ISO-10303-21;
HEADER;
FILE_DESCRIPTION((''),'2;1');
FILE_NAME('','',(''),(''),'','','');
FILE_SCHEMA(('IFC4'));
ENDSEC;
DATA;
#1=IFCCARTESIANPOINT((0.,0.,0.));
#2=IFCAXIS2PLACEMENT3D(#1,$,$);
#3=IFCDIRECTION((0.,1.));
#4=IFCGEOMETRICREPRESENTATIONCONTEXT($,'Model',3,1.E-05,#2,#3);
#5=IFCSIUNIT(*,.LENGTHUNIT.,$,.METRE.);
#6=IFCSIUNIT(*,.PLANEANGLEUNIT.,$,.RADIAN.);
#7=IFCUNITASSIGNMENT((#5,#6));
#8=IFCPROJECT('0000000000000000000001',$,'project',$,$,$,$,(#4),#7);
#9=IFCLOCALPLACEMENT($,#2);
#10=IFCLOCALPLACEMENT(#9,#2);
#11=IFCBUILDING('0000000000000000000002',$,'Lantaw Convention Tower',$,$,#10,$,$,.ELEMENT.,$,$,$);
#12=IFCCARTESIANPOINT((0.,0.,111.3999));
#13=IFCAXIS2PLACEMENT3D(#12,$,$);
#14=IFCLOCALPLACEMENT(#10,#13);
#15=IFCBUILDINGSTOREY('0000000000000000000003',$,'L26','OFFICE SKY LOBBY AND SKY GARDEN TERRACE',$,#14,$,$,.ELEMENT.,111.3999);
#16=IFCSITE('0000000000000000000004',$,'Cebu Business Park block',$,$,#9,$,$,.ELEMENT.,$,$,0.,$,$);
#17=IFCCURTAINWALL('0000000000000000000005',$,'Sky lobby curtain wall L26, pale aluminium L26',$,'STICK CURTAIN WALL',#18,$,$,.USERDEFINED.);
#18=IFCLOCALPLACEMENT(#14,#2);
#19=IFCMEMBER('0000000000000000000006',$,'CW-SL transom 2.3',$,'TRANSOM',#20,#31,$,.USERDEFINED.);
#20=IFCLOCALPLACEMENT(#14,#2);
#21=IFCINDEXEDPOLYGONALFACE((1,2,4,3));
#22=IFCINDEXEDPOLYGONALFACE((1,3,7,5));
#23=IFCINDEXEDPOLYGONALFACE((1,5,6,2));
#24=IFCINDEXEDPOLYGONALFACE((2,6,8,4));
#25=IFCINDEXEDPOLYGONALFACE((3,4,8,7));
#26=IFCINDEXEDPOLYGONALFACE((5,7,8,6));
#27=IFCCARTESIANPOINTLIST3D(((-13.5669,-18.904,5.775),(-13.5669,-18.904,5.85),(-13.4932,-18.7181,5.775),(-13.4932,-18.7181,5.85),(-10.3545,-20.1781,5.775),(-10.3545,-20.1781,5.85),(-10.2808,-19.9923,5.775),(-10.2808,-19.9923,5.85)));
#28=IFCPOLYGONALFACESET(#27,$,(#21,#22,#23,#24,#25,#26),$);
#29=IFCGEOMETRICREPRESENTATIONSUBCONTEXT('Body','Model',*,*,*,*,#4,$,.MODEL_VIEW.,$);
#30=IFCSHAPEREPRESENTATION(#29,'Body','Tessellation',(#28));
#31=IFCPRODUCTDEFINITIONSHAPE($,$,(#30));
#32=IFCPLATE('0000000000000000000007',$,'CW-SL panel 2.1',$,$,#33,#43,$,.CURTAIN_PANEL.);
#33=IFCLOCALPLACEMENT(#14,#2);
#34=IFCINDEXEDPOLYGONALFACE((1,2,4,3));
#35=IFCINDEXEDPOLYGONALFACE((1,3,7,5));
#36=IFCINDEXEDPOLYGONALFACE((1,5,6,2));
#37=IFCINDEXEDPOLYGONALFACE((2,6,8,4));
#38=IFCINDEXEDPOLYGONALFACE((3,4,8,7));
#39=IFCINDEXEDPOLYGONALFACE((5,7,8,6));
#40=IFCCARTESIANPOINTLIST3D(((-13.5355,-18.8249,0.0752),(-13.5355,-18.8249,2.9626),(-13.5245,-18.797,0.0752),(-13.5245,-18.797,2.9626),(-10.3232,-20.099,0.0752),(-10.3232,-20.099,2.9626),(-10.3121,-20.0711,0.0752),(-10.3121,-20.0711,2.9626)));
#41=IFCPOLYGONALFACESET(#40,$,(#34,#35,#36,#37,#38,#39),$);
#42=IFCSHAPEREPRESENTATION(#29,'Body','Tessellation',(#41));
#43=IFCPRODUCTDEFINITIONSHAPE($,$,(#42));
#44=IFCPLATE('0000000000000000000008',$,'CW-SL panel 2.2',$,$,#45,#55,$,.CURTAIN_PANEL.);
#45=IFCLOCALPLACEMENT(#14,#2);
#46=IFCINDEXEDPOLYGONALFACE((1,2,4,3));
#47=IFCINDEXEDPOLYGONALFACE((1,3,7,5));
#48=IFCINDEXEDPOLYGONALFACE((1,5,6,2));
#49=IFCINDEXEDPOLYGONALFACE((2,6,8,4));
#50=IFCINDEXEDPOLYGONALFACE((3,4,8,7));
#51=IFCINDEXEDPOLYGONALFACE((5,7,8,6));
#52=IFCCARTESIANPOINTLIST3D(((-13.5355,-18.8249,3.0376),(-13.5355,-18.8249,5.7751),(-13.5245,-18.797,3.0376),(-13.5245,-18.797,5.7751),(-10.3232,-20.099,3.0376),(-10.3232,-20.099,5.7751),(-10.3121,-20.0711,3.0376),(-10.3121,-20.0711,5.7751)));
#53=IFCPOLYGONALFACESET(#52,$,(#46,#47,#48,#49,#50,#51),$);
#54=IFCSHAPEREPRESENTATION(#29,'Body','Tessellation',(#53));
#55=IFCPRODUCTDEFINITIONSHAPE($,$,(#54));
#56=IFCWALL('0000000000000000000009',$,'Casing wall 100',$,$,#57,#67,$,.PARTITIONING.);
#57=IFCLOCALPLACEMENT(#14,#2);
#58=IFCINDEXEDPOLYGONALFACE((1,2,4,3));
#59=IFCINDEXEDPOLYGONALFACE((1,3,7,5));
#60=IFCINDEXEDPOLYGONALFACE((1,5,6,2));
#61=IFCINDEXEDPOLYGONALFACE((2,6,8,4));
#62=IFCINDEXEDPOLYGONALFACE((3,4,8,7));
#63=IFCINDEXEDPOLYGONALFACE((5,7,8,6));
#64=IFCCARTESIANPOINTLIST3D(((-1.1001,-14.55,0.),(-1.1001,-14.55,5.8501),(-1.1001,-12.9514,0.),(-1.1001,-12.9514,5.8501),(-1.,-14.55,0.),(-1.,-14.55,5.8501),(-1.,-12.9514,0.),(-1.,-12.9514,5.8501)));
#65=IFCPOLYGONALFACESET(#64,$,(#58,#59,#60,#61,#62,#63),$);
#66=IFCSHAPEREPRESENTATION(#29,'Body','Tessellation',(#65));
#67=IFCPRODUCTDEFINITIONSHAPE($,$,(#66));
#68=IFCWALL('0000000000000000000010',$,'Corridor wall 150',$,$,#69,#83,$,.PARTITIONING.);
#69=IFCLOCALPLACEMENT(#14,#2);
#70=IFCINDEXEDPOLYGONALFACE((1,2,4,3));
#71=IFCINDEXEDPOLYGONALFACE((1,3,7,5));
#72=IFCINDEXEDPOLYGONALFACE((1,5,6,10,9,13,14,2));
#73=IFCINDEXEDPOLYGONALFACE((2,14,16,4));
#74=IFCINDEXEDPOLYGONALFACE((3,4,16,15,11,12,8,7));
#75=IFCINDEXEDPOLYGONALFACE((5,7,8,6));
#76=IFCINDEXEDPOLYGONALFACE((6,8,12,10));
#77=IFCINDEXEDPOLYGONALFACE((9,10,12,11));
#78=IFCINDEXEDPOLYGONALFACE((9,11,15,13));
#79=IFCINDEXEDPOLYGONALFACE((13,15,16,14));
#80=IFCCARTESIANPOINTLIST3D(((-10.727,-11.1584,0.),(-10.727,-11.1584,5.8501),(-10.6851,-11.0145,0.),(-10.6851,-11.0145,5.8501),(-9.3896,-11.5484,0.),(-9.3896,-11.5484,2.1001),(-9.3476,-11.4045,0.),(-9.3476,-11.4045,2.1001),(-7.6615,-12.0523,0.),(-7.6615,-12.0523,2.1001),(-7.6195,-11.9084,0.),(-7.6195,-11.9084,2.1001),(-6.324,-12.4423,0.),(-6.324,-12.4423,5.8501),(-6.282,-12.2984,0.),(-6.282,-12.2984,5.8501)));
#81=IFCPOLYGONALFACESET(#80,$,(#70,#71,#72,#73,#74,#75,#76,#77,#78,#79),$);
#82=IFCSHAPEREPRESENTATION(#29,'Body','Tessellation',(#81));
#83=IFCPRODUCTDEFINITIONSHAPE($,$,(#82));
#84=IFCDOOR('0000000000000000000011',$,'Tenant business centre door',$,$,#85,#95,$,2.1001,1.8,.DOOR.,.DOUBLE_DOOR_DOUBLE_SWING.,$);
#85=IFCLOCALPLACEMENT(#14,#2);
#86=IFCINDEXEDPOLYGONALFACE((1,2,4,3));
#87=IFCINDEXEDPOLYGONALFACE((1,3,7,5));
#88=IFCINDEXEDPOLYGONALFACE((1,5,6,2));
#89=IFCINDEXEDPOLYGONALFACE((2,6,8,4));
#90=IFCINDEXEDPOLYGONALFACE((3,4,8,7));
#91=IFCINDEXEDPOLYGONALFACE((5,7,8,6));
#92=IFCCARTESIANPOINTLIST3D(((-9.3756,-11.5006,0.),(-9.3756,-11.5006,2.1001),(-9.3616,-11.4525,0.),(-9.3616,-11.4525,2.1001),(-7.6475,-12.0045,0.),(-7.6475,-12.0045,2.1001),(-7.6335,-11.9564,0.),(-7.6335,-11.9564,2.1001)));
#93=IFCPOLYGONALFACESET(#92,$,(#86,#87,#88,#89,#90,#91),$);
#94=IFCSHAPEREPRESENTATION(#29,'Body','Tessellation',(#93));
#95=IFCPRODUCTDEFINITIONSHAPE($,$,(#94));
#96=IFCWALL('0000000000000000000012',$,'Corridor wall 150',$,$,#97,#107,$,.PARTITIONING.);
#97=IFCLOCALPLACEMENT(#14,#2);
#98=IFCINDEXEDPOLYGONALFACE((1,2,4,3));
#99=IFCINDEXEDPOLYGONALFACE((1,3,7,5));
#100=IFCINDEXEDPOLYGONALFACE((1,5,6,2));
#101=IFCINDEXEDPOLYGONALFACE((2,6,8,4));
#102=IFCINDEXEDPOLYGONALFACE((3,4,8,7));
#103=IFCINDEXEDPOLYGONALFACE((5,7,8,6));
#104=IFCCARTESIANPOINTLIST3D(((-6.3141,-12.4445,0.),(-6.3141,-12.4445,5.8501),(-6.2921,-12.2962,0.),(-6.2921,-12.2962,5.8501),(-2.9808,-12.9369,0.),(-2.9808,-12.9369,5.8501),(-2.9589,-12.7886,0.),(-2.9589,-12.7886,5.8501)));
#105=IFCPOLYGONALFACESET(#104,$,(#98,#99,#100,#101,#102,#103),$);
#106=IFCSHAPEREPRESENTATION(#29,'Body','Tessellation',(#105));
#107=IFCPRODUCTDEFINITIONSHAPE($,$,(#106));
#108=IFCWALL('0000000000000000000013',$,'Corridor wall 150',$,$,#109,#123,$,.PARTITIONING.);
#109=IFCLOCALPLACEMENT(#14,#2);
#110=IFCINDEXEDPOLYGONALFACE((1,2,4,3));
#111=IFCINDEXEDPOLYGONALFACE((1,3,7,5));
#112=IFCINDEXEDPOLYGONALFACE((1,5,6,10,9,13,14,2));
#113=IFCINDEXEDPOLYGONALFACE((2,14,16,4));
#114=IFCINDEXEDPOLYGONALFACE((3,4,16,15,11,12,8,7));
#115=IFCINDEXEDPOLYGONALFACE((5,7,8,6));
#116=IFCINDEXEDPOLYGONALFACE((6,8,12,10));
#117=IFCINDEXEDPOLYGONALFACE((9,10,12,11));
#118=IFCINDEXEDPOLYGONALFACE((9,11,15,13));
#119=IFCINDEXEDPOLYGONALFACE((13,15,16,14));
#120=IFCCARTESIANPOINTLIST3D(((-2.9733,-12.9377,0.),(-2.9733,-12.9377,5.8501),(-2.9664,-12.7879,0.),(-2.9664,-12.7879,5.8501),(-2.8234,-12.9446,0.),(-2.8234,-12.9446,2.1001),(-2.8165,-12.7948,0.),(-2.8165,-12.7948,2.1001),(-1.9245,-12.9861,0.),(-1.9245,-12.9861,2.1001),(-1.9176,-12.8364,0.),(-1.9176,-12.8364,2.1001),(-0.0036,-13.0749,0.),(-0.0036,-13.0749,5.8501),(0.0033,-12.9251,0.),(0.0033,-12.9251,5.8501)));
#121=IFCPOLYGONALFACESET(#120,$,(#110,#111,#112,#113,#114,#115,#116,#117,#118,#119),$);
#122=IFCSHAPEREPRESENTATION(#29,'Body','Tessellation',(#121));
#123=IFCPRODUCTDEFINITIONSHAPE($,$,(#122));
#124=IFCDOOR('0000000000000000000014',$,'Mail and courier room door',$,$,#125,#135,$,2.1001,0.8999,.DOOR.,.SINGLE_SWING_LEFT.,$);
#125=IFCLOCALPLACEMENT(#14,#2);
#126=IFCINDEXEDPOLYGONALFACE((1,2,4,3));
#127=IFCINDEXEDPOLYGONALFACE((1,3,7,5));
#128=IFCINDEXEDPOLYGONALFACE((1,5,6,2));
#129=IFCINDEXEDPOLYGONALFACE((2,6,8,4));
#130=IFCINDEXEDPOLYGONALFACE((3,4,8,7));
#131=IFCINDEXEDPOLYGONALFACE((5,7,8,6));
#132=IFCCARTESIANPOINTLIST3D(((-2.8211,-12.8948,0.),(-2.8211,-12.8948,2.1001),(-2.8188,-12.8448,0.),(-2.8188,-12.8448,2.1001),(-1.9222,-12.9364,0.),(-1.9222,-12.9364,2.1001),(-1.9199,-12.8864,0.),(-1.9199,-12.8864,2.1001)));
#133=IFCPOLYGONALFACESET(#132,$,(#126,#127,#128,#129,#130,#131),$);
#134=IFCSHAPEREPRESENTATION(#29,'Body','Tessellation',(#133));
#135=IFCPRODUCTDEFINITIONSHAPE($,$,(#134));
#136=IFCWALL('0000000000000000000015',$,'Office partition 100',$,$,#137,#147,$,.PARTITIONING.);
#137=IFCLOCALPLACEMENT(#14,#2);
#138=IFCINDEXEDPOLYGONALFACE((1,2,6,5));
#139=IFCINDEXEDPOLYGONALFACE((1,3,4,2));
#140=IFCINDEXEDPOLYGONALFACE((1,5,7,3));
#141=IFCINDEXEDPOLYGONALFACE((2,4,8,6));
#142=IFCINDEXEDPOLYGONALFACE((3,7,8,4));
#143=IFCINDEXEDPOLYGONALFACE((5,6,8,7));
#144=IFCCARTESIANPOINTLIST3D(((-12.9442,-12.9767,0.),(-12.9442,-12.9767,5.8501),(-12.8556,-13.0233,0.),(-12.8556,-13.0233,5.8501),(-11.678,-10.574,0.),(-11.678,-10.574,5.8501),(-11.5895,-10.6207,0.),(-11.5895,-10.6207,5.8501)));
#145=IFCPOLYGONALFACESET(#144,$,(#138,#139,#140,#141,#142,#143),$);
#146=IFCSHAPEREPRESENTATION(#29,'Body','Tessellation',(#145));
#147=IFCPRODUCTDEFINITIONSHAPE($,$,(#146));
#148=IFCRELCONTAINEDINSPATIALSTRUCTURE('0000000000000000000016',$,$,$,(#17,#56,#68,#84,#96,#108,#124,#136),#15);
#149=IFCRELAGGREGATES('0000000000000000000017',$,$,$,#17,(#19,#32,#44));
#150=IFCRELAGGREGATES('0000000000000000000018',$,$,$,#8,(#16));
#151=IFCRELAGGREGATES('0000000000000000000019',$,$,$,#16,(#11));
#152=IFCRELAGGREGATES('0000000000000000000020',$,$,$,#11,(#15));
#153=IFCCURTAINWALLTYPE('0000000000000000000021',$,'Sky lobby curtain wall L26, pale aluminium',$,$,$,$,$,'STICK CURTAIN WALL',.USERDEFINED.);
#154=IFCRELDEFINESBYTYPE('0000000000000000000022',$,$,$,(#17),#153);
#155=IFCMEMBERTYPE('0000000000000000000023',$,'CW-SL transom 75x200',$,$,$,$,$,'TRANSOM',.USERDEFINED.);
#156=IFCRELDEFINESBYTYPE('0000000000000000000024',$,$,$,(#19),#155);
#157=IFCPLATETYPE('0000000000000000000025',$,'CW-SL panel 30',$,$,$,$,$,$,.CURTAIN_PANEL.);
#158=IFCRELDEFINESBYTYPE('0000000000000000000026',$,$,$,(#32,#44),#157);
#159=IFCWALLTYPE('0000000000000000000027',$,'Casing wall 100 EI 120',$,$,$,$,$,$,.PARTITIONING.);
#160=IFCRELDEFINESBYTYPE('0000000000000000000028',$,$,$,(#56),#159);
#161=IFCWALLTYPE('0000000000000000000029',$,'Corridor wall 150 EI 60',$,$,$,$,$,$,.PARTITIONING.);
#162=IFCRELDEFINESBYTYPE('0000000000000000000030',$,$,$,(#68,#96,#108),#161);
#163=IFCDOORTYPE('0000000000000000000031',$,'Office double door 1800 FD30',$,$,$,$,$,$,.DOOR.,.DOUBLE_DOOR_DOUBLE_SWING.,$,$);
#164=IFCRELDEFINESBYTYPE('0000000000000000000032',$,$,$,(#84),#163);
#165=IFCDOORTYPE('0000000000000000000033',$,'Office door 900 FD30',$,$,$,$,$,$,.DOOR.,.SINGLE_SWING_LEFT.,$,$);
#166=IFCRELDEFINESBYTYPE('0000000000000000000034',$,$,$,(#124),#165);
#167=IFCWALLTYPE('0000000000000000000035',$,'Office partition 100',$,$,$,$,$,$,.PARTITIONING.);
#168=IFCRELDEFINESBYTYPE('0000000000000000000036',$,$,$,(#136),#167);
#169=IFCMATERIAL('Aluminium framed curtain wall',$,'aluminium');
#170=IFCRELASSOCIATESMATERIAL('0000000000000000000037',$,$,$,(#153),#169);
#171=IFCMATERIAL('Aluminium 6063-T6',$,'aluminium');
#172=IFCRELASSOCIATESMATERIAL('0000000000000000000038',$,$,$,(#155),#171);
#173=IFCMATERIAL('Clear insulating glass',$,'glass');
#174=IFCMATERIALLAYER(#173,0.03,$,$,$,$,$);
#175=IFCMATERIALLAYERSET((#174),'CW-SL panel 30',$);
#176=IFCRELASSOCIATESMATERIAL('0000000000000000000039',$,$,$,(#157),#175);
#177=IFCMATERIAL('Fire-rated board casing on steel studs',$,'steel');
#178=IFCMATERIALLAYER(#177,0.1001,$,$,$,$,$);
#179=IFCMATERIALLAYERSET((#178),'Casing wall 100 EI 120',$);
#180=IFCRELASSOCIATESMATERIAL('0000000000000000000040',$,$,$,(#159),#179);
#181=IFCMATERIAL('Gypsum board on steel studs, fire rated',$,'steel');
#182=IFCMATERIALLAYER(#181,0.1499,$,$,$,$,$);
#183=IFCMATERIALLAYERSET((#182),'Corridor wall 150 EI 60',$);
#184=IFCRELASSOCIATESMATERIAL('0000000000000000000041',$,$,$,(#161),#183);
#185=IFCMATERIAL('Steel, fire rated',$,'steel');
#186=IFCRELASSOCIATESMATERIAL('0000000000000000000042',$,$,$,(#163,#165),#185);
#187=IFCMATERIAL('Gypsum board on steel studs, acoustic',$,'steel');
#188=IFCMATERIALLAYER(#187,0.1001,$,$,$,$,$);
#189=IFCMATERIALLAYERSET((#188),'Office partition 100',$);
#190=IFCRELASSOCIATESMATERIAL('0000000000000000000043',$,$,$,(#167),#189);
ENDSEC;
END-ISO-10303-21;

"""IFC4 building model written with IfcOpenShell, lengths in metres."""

from ifc_helpers import new_model, si_unit, direction, frame, frame_2d, origin, origin_2d, place, context, subcontext, project, spatial, rectangle, extrude, material, layer, layer_set, material_profile, profile_set, type_object, element, fill, aggregate, save


model = new_model("IFC4")

# Units and contexts
model_context = context("Model", 3, precision=1e-05, world=origin(), true_north=direction((0.0, 1.0)))
body_context = subcontext(model_context, "Body", "Model", "MODEL_VIEW")
ifc_project = project(units=[si_unit("LENGTHUNIT", "METRE"), si_unit("PLANEANGLEUNIT", "RADIAN")], contexts=[model_context])

# Site, building, storey
site_placement = place(None, origin())
site = spatial("IfcSite", under=ifc_project, at=site_placement, Name="Cebu Business Park block", CompositionType="ELEMENT", RefElevation=0.0)
building_placement = place(site_placement, origin())
building = spatial("IfcBuilding", under=site, at=building_placement, Name="Lantaw Convention Tower", CompositionType="ELEMENT")
storey_placement = place(building_placement, frame((0.0, 0.0, 111.3999)))
storey = spatial("IfcBuildingStorey", under=building, at=storey_placement, Name="L26", Description="OFFICE SKY LOBBY AND SKY GARDEN TERRACE", CompositionType="ELEMENT", Elevation=111.3999)

# Curtain wall, member, plates
ifc_material_1 = material(Name="Aluminium framed curtain wall", Category="aluminium")
curtain_wall_type = type_object("IfcCurtainWallType", Name="Sky lobby curtain wall L26, pale aluminium", ElementType="STICK CURTAIN WALL", PredefinedType="USERDEFINED", material=ifc_material_1)
curtain_wall_placement = place(storey_placement, origin())
curtain_wall = element("IfcCurtainWall", 1, at=curtain_wall_placement, inside=storey, type_object=curtain_wall_type, Name="Sky lobby curtain wall L26, pale aluminium L26", ObjectType="STICK CURTAIN WALL", PredefinedType="USERDEFINED")
ifc_material_2 = material(Name="Aluminium 6063-T6", Category="aluminium")
ifc_material_profile_1 = material_profile(ifc_material_2, rectangle(XDim=0.2, YDim=0.075, at=origin_2d()), Name="CW-SL transom 75x200")
ifc_profile_set_1 = profile_set([ifc_material_profile_1], Name="Aluminium 6063-T6")
member_type_1 = type_object("IfcMemberType", Name="CW-SL transom 75x200", ElementType="TRANSOM", PredefinedType="USERDEFINED", material=ifc_profile_set_1)
member_1_placement = place(storey_placement, frame((-13.53, -18.811, 5.8125), z_axis=(0.92955, -0.368697, 0.0), x_axis=(0.368697, 0.92955, 0.0)))
member_1 = element("IfcMember", 2, at=member_1_placement, type_object=member_type_1, Name="CW-SL transom 2.3", ObjectType="TRANSOM", PredefinedType="USERDEFINED", context=body_context, shape_type="SweptSolid", body=[
    extrude(rectangle(XDim=0.2, YDim=0.075, at=origin_2d()), origin(), (0.0, 0.0, 1.0), 3.4558),
])
ifc_material_3 = material(Name="Clear insulating glass", Category="glass")
ifc_layer_1 = layer(ifc_material_3, 0.03)
ifc_layer_set_1 = layer_set([ifc_layer_1], Name="CW-SL panel 30")
plate_type = type_object("IfcPlateType", Name="CW-SL panel 30", PredefinedType="CURTAIN_PANEL", material=ifc_layer_set_1)
plate_1_placement = place(storey_placement, frame((-11.9238, -19.448, 0.0752), z_axis=(0.0, 0.0, 1.0), x_axis=(0.929548, -0.368702, 0.0)))
plate_1 = element("IfcPlate", 3, at=plate_1_placement, type_object=plate_type, Name="CW-SL panel 2.1", PredefinedType="CURTAIN_PANEL", context=body_context, shape_type="SweptSolid", body=[
    extrude(rectangle(XDim=3.4558, YDim=0.03, at=origin_2d()), origin(), (0.0, 0.0, 1.0), 2.8875),
])
plate_2_placement = place(storey_placement, frame((-11.9238, -19.448, 3.0376), z_axis=(0.0, 0.0, 1.0), x_axis=(0.929548, -0.368702, 0.0)))
plate_2 = element("IfcPlate", 4, at=plate_2_placement, type_object=plate_type, Name="CW-SL panel 2.2", PredefinedType="CURTAIN_PANEL", context=body_context, shape_type="SweptSolid", body=[
    extrude(rectangle(XDim=3.4558, YDim=0.03, at=origin_2d()), origin(), (0.0, 0.0, 1.0), 2.7375),
])
aggregate(curtain_wall, [member_1, plate_1, plate_2])

# Wall
ifc_material_4 = material(Name="Fire-rated board casing on steel studs", Category="steel")
ifc_layer_2 = layer(ifc_material_4, 0.1001)
ifc_layer_set_2 = layer_set([ifc_layer_2], Name="Casing wall 100 EI 120")
wall_type_1 = type_object("IfcWallType", Name="Casing wall 100 EI 120", PredefinedType="PARTITIONING", material=ifc_layer_set_2)
wall_1_placement = place(storey_placement, frame((-1.05, -14.55, 0.0), z_axis=(0.0, 0.0, 1.0), x_axis=(0.0, 1.0, 0.0)))
element("IfcWall", 5, at=wall_1_placement, inside=storey, type_object=wall_type_1, Name="Casing wall 100", PredefinedType="PARTITIONING", context=body_context, shape_type="SweptSolid", body=[
    extrude(rectangle(XDim=1.5986, YDim=0.1001, at=frame_2d((0.7993, 0.0))), origin(), (0.0, 0.0, 1.0), 5.8501),
])

# Wall, opening, door
ifc_material_5 = material(Name="Gypsum board on steel studs, fire rated", Category="steel")
ifc_layer_3 = layer(ifc_material_5, 0.1499)
ifc_layer_set_3 = layer_set([ifc_layer_3], Name="Corridor wall 150 EI 60")
wall_type_2 = type_object("IfcWallType", Name="Corridor wall 150 EI 60", PredefinedType="PARTITIONING", material=ifc_layer_set_3)
wall_2_placement = place(storey_placement, frame((-10.7061, -11.0864, 0.0), z_axis=(0.0, 0.0, 1.0), x_axis=(0.960017, -0.279941, 0.0)))
wall_2 = element("IfcWall", 6, at=wall_2_placement, inside=storey, type_object=wall_type_2, Name="Corridor wall 150", PredefinedType="PARTITIONING", context=body_context, shape_type="SweptSolid", body=[
    extrude(rectangle(XDim=4.5864, YDim=0.1499, at=frame_2d((2.2932, 0.0))), origin(), (0.0, 0.0, 1.0), 5.8501),
])
opening_1_placement = place(wall_2_placement, frame((1.3933, 0.0, 0.0)))
opening_1 = element("IfcOpeningElement", 7, at=opening_1_placement, cuts=wall_2, PredefinedType="OPENING", context=body_context, shape_type="SweptSolid", body=[
    extrude(rectangle(XDim=1.8, YDim=2.1001, at=frame_2d((0.8999, 1.05))), frame((0.0, 0.085, 0.0), z_axis=(0.0, -1.0, 0.0), x_axis=(1.0, 0.0, 0.0)), (0.0, 0.0, 1.0), 0.1699),
])
ifc_material_6 = material(Name="Steel, fire rated", Category="steel")
door_type_1 = type_object("IfcDoorType", Name="Office double door 1800 FD30", OperationType="DOUBLE_DOOR_DOUBLE_SWING", PredefinedType="DOOR", material=ifc_material_6)
door_1_placement = place(opening_1_placement, origin())
door_1 = element("IfcDoor", 8, at=door_1_placement, inside=storey, type_object=door_type_1, Name="Tenant business centre door", OperationType="DOUBLE_DOOR_DOUBLE_SWING", OverallHeight=2.1001, OverallWidth=1.8, PredefinedType="DOOR", context=body_context, shape_type="SweptSolid", body=[
    extrude(rectangle(XDim=1.8, YDim=2.1001, at=frame_2d((0.8999, 1.05))), frame((0.0, 0.0249, 0.0), z_axis=(0.0, -1.0, 0.0), x_axis=(1.0, 0.0, 0.0)), (0.0, 0.0, 1.0), 0.05),
])
fill(opening_1, door_1)

# Wall
wall_3_placement = place(storey_placement, frame((-6.303, -12.3704, 0.0), z_axis=(0.0, 0.0, 1.0), x_axis=(0.989263, -0.146147, 0.0)))
element("IfcWall", 9, at=wall_3_placement, inside=storey, type_object=wall_type_2, Name="Corridor wall 150", PredefinedType="PARTITIONING", context=body_context, shape_type="SweptSolid", body=[
    extrude(rectangle(XDim=3.3694, YDim=0.1499, at=frame_2d((1.6846, 0.0))), origin(), (0.0, 0.0, 1.0), 5.8501),
])

# Wall, opening, door
wall_4_placement = place(storey_placement, frame((-2.9697, -12.8628, 0.0), z_axis=(0.0, 0.0, 1.0), x_axis=(0.998934, -0.046153, 0.0)))
wall_4 = element("IfcWall", 10, at=wall_4_placement, inside=storey, type_object=wall_type_2, Name="Corridor wall 150", PredefinedType="PARTITIONING", context=body_context, shape_type="SweptSolid", body=[
    extrude(rectangle(XDim=2.9729, YDim=0.1499, at=frame_2d((1.4863, 0.0))), origin(), (0.0, 0.0, 1.0), 5.8501),
])
opening_2_placement = place(wall_4_placement, frame((0.1499, 0.0, 0.0)))
opening_2 = element("IfcOpeningElement", 11, at=opening_2_placement, cuts=wall_4, PredefinedType="OPENING", context=body_context, shape_type="SweptSolid", body=[
    extrude(rectangle(XDim=0.8999, YDim=2.1001, at=frame_2d((0.45, 1.05))), frame((0.0, 0.085, 0.0), z_axis=(0.0, -1.0, 0.0), x_axis=(1.0, 0.0, 0.0)), (0.0, 0.0, 1.0), 0.1699),
])
door_type_2 = type_object("IfcDoorType", Name="Office door 900 FD30", OperationType="SINGLE_SWING_LEFT", PredefinedType="DOOR", material=ifc_material_6)
door_2_placement = place(opening_2_placement, origin())
door_2 = element("IfcDoor", 12, at=door_2_placement, inside=storey, type_object=door_type_2, Name="Mail and courier room door", OperationType="SINGLE_SWING_LEFT", OverallHeight=2.1001, OverallWidth=0.8999, PredefinedType="DOOR", context=body_context, shape_type="SweptSolid", body=[
    extrude(rectangle(XDim=0.8999, YDim=2.1001, at=frame_2d((0.45, 1.05))), frame((0.0, 0.0249, 0.0), z_axis=(0.0, -1.0, 0.0), x_axis=(1.0, 0.0, 0.0)), (0.0, 0.0, 1.0), 0.05),
])
fill(opening_2, door_2)

# Wall
ifc_material_7 = material(Name="Gypsum board on steel studs, acoustic", Category="steel")
ifc_layer_4 = layer(ifc_material_7, 0.1001)
ifc_layer_set_4 = layer_set([ifc_layer_4], Name="Office partition 100")
wall_type_3 = type_object("IfcWallType", Name="Office partition 100", PredefinedType="PARTITIONING", material=ifc_layer_set_4)
wall_5_placement = place(storey_placement, frame((-12.8999, -13.0, 0.0), z_axis=(0.0, 0.0, 1.0), x_axis=(0.466206, 0.884676, 0.0)))
element("IfcWall", 13, at=wall_5_placement, inside=storey, type_object=wall_type_3, Name="Office partition 100", PredefinedType="PARTITIONING", context=body_context, shape_type="SweptSolid", body=[
    extrude(rectangle(XDim=2.7158, YDim=0.1001, at=frame_2d((1.3579, 0.0))), origin(), (0.0, 0.0, 1.0), 5.8501),
])

save(model, "model.ifc")
